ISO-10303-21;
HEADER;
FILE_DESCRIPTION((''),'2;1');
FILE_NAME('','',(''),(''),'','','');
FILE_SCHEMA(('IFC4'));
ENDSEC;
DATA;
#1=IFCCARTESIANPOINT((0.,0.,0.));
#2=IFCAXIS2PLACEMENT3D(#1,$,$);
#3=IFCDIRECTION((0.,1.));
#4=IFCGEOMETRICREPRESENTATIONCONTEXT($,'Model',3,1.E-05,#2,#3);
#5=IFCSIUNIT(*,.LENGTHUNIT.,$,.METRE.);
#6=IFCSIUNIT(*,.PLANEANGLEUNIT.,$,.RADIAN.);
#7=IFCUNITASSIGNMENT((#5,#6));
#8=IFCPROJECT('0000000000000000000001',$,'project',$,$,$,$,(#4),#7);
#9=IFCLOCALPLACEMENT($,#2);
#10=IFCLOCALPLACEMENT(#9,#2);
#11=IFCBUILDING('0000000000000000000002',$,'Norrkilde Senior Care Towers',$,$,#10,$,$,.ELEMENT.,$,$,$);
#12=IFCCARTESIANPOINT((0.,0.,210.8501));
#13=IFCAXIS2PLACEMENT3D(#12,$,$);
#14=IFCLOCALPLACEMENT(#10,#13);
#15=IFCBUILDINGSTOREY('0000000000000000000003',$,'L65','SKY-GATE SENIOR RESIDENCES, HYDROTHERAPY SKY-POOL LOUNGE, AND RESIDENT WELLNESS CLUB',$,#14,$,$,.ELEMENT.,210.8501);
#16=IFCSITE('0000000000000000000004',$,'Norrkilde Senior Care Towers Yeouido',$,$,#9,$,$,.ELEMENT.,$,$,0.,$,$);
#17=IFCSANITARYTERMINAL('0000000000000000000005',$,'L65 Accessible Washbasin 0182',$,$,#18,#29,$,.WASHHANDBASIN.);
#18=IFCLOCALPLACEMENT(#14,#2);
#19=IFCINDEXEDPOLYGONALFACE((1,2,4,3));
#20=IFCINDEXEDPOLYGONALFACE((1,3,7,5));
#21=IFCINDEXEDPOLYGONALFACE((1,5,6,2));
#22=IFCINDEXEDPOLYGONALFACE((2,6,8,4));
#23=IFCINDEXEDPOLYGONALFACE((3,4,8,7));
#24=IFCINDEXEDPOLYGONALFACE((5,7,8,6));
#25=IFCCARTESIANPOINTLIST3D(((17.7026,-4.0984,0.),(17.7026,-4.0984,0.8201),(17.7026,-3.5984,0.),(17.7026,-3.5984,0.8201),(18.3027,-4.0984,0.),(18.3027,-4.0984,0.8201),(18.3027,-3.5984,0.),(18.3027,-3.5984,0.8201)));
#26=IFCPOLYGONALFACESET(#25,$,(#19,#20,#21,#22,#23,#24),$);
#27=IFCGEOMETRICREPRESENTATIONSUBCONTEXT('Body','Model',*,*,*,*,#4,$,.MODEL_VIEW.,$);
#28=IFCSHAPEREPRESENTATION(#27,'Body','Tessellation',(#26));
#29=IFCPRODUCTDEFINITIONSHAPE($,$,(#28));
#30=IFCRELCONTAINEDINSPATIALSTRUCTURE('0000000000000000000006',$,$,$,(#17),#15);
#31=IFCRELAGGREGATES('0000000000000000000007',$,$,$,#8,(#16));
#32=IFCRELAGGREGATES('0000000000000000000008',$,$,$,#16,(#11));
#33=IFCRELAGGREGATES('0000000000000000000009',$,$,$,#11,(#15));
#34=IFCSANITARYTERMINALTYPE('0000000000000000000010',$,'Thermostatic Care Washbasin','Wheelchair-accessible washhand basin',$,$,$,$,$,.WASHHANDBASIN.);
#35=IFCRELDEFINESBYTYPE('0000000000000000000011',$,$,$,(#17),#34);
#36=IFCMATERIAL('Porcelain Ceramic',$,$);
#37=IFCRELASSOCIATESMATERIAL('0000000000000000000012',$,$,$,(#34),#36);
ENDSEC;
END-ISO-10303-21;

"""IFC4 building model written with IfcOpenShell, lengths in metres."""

from ifc_helpers import new_model, si_unit, direction, frame, origin, origin_2d, place, context, subcontext, project, spatial, rectangle, extrude, source, transform, mapped, material, type_object, type_shapes, element, save


model = new_model("IFC4")

# Units and contexts
model_context = context("Model", 3, precision=1e-05, world=origin(), true_north=direction((0.0, 1.0)))
body_context = subcontext(model_context, "Body", "Model", "MODEL_VIEW")
ifc_project = project(units=[si_unit("LENGTHUNIT", "METRE"), si_unit("PLANEANGLEUNIT", "RADIAN")], contexts=[model_context])

# Site, building, storey
site_placement = place(None, origin())
site = spatial("IfcSite", under=ifc_project, at=site_placement, Name="Norrkilde Senior Care Towers Yeouido", CompositionType="ELEMENT", RefElevation=0.0)
building_placement = place(site_placement, origin())
building = spatial("IfcBuilding", under=site, at=building_placement, Name="Norrkilde Senior Care Towers", CompositionType="ELEMENT")
storey_placement = place(building_placement, frame((0.0, 0.0, 210.8501)))
storey = spatial("IfcBuildingStorey", under=building, at=storey_placement, Name="L65", Description="SKY-GATE SENIOR RESIDENCES, HYDROTHERAPY SKY-POOL LOUNGE, AND RESIDENT WELLNESS CLUB", CompositionType="ELEMENT", Elevation=210.8501)

# Sanitary terminal
ifc_material_1 = material(Name="Porcelain Ceramic")
sanitary_terminal_type_1 = type_object("IfcSanitaryTerminalType", Name="Thermostatic Care Washbasin", Description="Wheelchair-accessible washhand basin", PredefinedType="WASHHANDBASIN", material=ifc_material_1)
shared_shape_1 = source(origin(), body_context, "Body", "SweptSolid", [
    extrude(rectangle(XDim=0.6001, YDim=0.5, at=origin_2d()), origin(), (0.0, 0.0, 1.0), 0.8201),
])
type_shapes(sanitary_terminal_type_1, [shared_shape_1])
sanitary_terminal_1_placement = place(storey_placement, frame((18.0027, -3.8484, 0.0), z_axis=(0.0, 0.0, 1.0), x_axis=(1.0, 0.0, 0.0)))
element("IfcSanitaryTerminal", 1, at=sanitary_terminal_1_placement, inside=storey, type_object=sanitary_terminal_type_1, Name="L65 Accessible Washbasin 0182", PredefinedType="WASHHANDBASIN", context=body_context, shape_type="MappedRepresentation", body=[
    mapped(shared_shape_1, transform((0.0, 0.0, 0.0), x_axis=(1.0, 0.0, 0.0), y_axis=(0.0, 1.0, 0.0), z_axis=(0.0, 0.0, 1.0), scale=1.0)),
])

save(model, "model.ifc")
